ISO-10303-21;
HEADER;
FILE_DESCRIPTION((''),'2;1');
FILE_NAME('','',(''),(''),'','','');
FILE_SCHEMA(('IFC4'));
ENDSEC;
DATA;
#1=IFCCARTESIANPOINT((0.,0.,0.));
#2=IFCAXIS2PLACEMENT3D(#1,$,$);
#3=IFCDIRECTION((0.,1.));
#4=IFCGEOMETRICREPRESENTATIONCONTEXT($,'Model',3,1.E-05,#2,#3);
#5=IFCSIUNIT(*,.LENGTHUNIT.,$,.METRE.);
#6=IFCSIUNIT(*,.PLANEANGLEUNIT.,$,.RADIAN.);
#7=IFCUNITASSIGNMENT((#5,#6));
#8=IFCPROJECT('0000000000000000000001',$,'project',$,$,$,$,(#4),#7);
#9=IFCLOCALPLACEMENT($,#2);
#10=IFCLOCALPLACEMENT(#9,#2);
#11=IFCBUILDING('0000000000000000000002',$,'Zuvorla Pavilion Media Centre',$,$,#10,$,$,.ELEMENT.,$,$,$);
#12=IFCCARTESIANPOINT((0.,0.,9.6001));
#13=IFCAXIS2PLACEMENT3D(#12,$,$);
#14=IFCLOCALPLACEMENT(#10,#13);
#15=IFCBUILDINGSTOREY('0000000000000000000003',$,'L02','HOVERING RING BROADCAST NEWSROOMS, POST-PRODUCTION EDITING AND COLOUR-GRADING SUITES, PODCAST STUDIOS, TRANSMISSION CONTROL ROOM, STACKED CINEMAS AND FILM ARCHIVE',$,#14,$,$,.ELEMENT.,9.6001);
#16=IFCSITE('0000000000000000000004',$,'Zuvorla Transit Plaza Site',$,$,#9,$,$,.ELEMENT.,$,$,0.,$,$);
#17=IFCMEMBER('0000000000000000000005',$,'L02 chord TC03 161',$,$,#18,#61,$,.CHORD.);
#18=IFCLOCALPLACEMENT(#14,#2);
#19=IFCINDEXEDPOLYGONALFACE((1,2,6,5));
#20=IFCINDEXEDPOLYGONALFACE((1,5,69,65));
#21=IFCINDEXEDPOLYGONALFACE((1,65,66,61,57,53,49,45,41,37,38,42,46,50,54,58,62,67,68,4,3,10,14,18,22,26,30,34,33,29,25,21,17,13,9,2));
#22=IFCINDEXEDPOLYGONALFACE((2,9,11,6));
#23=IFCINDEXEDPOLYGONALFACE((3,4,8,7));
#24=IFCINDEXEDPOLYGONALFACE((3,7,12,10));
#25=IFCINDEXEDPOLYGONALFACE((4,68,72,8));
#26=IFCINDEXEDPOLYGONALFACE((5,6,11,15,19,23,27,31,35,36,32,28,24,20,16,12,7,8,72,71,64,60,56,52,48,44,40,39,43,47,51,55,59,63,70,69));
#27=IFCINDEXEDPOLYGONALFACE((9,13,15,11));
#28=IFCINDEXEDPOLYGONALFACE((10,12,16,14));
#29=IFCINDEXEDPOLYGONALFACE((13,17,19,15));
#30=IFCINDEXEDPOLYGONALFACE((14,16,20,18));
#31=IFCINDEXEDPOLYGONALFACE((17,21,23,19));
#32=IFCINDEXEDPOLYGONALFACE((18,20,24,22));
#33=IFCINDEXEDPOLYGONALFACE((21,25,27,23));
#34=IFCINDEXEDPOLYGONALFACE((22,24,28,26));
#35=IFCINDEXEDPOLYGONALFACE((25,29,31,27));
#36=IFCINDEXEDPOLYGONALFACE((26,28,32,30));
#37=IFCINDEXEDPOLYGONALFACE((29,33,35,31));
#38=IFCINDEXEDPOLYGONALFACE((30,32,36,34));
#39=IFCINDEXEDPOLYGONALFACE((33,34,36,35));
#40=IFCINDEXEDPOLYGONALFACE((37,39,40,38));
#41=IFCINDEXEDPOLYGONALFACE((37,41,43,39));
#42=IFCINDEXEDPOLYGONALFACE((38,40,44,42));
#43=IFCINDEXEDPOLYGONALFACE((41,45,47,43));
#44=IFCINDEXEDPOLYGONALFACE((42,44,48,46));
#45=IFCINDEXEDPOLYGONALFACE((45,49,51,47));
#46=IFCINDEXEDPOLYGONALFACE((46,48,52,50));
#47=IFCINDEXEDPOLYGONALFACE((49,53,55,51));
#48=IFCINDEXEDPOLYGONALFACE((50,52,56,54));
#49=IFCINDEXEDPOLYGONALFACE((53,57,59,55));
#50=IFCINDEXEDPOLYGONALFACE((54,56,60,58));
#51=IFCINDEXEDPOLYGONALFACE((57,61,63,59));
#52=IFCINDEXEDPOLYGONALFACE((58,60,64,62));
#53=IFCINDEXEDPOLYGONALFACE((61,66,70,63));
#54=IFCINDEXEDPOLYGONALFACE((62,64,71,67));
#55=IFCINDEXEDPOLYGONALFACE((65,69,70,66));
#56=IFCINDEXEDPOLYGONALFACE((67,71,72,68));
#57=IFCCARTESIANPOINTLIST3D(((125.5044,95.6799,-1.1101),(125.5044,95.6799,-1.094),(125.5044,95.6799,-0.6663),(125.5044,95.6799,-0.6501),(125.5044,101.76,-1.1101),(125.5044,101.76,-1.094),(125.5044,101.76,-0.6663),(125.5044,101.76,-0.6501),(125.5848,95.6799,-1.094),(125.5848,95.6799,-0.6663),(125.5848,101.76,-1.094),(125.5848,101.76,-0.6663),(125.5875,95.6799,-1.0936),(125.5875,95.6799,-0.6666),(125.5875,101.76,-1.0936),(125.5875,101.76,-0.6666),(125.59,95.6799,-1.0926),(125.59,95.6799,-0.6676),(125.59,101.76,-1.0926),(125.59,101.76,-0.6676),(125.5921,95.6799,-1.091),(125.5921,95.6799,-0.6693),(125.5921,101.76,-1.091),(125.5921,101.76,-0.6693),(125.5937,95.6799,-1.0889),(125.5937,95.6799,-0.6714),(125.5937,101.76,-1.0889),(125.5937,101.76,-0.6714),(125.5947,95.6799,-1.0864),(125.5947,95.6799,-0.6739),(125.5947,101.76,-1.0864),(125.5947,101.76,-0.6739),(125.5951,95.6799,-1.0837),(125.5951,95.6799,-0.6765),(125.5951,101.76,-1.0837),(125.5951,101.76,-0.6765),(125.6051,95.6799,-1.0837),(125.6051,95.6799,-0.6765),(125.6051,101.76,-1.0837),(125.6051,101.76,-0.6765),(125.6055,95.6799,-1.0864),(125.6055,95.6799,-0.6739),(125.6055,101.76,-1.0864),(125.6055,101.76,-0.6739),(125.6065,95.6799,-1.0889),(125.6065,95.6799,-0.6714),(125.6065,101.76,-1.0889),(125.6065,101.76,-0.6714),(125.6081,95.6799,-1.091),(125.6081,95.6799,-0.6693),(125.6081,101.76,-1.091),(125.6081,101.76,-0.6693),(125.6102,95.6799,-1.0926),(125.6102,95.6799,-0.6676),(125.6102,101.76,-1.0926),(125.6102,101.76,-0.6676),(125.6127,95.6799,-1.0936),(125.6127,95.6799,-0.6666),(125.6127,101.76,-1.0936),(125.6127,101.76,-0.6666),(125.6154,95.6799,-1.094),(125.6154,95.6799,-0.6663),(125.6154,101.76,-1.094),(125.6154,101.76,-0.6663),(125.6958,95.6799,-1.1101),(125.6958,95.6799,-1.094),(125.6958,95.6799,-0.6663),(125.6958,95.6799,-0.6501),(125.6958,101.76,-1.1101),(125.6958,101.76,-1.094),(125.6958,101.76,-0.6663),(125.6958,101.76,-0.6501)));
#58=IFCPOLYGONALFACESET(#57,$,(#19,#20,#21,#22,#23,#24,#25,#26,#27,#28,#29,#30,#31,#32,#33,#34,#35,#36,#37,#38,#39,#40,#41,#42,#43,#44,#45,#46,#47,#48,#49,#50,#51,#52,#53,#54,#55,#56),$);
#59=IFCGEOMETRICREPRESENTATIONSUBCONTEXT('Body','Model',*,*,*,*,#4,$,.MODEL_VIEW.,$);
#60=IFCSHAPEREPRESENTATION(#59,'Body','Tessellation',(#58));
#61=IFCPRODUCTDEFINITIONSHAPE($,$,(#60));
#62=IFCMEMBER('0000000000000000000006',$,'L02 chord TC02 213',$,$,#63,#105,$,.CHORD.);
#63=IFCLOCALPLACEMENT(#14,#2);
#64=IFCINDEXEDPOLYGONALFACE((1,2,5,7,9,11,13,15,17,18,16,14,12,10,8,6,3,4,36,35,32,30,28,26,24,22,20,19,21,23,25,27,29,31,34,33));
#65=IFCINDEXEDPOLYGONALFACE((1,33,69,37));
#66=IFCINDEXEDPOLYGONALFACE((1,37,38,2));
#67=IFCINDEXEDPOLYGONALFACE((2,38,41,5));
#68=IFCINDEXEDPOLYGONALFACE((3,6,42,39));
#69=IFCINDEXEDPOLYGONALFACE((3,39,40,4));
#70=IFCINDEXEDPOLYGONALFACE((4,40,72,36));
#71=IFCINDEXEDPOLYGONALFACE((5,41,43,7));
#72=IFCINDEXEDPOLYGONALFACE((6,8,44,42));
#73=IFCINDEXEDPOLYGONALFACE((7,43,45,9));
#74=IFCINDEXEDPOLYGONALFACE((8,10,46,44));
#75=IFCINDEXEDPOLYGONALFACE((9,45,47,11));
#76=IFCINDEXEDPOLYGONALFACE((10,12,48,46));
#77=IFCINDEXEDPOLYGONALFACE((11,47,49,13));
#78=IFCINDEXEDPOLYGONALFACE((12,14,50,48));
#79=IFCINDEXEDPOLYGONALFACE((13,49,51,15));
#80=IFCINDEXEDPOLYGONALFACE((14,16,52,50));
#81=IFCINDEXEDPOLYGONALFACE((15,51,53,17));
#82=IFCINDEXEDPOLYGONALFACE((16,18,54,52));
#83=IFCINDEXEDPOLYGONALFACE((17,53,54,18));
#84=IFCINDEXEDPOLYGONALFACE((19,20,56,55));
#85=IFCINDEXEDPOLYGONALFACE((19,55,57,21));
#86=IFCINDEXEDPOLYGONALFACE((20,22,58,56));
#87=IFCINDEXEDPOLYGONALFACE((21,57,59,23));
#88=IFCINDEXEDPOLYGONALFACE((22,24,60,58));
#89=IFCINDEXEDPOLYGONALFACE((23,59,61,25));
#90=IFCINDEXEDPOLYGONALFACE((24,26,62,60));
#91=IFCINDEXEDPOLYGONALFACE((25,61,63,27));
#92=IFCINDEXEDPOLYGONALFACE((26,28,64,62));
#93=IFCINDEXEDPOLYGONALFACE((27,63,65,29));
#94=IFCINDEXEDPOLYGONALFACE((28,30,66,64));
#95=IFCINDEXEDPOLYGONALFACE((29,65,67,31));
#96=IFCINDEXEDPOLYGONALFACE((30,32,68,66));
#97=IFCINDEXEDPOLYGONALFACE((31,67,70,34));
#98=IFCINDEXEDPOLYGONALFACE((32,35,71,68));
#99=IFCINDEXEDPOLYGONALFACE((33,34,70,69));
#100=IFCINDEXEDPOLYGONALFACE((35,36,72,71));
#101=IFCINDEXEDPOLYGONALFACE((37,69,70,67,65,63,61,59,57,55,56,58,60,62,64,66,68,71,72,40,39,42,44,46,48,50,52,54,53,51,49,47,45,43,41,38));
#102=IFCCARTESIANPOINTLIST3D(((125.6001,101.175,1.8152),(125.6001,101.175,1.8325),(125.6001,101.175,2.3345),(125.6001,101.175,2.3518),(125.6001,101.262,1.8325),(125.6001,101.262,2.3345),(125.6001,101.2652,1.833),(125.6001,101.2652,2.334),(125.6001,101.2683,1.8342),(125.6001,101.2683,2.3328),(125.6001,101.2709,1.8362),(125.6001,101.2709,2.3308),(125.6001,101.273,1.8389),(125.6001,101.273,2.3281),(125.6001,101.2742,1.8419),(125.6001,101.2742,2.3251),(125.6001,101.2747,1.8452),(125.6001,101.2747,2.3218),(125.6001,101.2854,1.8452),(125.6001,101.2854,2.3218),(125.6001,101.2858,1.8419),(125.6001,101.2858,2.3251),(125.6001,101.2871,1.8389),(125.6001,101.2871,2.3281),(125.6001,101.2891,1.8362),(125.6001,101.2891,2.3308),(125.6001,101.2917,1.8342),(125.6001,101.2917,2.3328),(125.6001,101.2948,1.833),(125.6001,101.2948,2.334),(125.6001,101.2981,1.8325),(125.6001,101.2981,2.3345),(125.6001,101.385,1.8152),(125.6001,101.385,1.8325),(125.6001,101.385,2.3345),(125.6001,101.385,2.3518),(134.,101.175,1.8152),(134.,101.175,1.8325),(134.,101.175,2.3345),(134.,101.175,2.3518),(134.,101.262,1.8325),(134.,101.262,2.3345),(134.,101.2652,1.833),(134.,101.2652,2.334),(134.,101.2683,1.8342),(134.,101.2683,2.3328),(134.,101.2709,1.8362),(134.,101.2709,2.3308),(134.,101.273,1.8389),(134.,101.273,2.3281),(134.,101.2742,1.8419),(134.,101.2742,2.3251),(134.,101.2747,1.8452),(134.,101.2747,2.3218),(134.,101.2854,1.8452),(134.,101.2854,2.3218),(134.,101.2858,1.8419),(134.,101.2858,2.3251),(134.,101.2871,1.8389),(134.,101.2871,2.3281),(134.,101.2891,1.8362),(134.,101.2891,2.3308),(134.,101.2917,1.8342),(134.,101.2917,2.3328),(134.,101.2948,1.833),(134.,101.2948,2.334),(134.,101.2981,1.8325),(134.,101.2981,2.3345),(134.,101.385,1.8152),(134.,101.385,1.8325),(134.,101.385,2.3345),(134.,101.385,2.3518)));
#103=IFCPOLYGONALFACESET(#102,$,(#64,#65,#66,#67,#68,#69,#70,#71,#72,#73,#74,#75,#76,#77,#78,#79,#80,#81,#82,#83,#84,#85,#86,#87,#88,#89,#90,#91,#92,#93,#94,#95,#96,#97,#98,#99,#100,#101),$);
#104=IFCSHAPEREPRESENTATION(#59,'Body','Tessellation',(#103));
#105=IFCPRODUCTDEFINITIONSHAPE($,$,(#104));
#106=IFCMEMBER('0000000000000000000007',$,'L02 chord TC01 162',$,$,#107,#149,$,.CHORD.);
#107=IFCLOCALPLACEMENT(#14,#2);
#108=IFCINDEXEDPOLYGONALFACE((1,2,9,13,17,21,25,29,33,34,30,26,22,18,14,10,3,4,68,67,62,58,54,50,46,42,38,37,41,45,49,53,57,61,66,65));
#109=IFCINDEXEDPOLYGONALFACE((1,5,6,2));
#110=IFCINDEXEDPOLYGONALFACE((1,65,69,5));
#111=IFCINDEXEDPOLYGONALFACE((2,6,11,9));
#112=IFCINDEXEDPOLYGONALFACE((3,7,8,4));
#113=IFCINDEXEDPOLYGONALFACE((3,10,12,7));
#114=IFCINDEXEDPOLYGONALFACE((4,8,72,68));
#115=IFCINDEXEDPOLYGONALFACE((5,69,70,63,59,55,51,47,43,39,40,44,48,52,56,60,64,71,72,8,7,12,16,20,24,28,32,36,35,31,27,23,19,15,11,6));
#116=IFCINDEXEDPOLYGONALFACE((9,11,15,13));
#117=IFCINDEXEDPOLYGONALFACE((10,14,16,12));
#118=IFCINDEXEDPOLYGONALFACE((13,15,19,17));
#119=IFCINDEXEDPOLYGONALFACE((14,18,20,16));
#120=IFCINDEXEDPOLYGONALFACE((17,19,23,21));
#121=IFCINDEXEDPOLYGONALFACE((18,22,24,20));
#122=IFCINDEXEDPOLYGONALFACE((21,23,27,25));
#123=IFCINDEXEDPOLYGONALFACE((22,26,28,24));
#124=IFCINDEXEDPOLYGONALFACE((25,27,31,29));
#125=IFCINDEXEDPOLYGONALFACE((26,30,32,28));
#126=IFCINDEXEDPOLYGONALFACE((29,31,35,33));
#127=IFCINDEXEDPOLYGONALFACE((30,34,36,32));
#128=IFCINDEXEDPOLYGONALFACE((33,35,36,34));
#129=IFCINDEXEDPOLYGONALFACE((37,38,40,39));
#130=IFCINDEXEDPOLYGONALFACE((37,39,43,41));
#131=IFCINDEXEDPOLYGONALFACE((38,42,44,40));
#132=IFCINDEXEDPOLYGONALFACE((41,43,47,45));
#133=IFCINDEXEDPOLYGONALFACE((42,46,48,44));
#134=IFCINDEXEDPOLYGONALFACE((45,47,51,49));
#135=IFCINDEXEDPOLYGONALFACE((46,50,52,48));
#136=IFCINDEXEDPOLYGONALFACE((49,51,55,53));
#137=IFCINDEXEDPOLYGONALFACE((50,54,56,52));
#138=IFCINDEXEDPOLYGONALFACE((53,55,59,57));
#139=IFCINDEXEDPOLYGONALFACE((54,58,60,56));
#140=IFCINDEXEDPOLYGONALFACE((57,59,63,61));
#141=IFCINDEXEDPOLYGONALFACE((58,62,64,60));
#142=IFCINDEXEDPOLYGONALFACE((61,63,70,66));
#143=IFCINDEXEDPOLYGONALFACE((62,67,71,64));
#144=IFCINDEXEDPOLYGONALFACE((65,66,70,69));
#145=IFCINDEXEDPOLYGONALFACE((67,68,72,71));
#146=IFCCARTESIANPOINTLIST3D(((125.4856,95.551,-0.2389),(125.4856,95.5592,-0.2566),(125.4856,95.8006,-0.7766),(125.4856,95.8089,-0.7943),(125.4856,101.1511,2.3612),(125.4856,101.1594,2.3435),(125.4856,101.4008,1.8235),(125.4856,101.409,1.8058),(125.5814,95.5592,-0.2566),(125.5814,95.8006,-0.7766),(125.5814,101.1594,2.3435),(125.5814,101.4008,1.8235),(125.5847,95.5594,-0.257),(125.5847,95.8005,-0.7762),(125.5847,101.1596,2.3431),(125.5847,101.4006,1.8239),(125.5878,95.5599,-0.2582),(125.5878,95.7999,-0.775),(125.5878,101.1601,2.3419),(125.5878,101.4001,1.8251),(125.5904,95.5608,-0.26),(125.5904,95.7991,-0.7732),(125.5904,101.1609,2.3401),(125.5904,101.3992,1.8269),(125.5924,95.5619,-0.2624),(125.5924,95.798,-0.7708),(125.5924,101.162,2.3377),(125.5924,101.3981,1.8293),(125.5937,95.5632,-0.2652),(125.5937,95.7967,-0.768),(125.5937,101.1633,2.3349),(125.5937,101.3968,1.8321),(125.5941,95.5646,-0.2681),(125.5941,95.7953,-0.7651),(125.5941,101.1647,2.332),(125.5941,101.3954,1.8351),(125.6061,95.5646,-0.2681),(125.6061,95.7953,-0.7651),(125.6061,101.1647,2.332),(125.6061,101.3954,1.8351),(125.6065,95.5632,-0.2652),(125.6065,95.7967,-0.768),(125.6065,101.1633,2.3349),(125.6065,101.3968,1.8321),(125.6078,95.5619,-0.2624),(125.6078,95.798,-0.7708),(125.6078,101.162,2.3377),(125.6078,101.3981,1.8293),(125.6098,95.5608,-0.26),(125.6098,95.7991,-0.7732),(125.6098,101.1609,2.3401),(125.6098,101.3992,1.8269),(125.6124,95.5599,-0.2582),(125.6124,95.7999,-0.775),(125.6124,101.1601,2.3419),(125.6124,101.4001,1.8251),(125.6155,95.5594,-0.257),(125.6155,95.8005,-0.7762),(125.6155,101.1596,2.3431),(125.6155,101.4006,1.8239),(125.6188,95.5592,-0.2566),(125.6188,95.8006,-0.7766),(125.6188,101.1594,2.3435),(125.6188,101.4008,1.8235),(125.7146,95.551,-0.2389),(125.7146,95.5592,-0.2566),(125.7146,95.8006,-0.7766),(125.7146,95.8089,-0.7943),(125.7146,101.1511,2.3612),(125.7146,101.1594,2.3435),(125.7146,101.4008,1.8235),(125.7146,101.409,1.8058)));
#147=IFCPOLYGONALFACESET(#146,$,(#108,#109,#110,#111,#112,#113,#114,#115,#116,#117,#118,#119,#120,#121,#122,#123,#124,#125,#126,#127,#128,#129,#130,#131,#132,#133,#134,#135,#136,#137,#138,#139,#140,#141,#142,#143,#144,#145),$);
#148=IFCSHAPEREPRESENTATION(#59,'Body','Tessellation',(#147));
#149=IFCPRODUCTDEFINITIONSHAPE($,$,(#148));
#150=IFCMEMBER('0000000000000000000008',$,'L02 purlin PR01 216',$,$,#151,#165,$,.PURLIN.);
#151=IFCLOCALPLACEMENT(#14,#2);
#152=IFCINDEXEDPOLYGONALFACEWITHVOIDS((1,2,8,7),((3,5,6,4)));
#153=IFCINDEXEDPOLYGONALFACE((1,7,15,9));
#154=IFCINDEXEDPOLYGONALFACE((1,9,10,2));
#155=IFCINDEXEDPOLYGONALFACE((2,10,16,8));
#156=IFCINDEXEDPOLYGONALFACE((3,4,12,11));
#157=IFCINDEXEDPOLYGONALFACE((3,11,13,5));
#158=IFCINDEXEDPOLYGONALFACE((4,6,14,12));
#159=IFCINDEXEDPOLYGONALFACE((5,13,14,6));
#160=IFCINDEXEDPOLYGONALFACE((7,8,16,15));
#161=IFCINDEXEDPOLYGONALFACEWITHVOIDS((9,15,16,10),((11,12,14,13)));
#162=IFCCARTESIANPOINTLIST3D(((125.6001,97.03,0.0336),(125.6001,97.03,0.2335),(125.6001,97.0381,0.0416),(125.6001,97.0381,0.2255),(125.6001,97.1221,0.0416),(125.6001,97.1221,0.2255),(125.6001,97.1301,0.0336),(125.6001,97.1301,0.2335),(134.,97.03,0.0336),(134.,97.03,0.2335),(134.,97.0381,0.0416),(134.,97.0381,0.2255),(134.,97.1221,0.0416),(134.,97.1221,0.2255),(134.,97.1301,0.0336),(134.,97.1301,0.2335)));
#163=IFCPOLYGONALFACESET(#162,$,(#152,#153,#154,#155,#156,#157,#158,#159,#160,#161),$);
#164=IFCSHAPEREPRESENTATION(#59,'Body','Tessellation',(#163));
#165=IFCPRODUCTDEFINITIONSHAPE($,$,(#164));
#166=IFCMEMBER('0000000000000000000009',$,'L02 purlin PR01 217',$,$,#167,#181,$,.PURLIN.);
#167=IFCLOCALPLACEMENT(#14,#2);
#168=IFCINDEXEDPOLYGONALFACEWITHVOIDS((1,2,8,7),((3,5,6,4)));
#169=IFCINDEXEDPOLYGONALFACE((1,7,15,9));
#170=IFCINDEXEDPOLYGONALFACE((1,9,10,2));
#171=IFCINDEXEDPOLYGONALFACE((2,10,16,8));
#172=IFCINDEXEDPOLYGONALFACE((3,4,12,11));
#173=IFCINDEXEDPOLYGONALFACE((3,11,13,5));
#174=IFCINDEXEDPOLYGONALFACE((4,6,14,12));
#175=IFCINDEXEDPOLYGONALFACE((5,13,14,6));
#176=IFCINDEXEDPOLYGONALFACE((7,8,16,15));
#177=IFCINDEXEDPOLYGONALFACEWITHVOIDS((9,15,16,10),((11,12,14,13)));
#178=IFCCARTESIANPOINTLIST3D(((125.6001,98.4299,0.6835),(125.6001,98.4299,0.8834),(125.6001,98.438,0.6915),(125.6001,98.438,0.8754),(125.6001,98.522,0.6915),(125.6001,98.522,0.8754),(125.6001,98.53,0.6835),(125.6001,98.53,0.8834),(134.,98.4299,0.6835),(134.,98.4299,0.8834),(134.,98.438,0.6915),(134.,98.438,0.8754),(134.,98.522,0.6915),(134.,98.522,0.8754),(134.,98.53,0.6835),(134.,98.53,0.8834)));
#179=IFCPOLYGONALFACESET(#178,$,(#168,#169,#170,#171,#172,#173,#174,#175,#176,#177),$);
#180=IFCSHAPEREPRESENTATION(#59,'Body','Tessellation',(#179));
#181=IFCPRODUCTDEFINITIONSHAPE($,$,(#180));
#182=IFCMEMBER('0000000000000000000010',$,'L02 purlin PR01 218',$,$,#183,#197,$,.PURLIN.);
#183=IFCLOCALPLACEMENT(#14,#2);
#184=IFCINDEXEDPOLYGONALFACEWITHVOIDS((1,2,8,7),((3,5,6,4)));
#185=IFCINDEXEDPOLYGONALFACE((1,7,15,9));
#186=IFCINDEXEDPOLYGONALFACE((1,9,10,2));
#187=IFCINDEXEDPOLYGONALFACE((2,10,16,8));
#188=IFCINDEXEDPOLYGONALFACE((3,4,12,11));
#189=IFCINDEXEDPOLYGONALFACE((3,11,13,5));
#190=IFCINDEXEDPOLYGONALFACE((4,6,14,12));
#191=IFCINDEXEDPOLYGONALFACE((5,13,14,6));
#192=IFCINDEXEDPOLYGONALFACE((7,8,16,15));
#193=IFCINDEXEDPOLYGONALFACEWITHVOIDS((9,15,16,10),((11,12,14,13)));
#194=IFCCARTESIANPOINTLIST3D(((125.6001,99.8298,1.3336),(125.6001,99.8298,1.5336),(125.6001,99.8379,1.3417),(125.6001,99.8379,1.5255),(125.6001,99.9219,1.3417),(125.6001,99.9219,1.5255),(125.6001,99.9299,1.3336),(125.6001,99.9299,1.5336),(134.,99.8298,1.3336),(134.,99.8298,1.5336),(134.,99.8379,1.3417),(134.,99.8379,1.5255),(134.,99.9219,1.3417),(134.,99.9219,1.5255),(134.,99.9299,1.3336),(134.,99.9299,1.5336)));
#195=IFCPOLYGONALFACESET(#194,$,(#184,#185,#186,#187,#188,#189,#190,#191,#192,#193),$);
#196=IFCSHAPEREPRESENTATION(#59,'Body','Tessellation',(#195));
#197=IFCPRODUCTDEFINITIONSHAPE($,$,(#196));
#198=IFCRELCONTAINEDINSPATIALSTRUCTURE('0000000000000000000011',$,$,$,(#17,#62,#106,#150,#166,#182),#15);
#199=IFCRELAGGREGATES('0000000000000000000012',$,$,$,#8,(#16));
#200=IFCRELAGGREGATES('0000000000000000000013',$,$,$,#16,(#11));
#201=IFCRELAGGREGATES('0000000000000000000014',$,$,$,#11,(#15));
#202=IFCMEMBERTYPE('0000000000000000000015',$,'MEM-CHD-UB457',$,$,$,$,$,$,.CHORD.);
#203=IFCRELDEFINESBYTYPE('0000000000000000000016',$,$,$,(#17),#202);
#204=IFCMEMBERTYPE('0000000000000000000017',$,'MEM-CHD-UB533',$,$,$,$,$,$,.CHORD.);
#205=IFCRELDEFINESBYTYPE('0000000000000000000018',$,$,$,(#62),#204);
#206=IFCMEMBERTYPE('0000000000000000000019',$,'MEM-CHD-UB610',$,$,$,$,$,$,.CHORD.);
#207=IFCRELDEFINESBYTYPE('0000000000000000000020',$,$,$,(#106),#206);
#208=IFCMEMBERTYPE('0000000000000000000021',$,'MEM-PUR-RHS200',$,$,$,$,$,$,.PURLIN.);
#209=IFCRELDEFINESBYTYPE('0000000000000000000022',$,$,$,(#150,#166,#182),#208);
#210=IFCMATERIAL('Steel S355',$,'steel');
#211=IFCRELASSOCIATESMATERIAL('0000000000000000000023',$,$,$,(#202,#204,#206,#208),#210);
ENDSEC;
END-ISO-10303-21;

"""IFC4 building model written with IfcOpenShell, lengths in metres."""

from ifc_helpers import new_model, si_unit, direction, frame, origin, origin_2d, place, context, subcontext, project, spatial, hollow_rectangle, i_section, extrude, material, material_profile, profile_set, type_object, element, save


model = new_model("IFC4")

# Units and contexts
model_context = context("Model", 3, precision=1e-05, world=origin(), true_north=direction((0.0, 1.0)))
body_context = subcontext(model_context, "Body", "Model", "MODEL_VIEW")
ifc_project = project(units=[si_unit("LENGTHUNIT", "METRE"), si_unit("PLANEANGLEUNIT", "RADIAN")], contexts=[model_context])

# Site, building, storey
site_placement = place(None, origin())
site = spatial("IfcSite", under=ifc_project, at=site_placement, Name="Zuvorla Transit Plaza Site", CompositionType="ELEMENT", RefElevation=0.0)
building_placement = place(site_placement, origin())
building = spatial("IfcBuilding", under=site, at=building_placement, Name="Zuvorla Pavilion Media Centre", CompositionType="ELEMENT")
storey_placement = place(building_placement, frame((0.0, 0.0, 9.6001)))
storey = spatial("IfcBuildingStorey", under=building, at=storey_placement, Name="L02", Description="HOVERING RING BROADCAST NEWSROOMS, POST-PRODUCTION EDITING AND COLOUR-GRADING SUITES, PODCAST STUDIOS, TRANSMISSION CONTROL ROOM, STACKED CINEMAS AND FILM ARCHIVE", CompositionType="ELEMENT", Elevation=9.6001)

# Shared definitions
ifc_material_1 = material(Name="Steel S355", Category="steel")

# Members
ifc_material_profile_1 = material_profile(ifc_material_1, i_section(OverallWidth=0.1914, OverallDepth=0.46, WebThickness=0.01, FlangeThickness=0.0161, FilletRadius=0.0103, at=origin_2d()), Name="UB 457x191x82")
ifc_profile_set_1 = profile_set([ifc_material_profile_1], Name="Steel S355")
member_type_1 = type_object("IfcMemberType", Name="MEM-CHD-UB457", PredefinedType="CHORD", material=ifc_profile_set_1)
member_1_placement = place(storey_placement, frame((125.6001, 95.6799, -0.8801), z_axis=(0.0, 1.0, 0.0), x_axis=(-1.0, 0.0, 0.0)))
element("IfcMember", 1, at=member_1_placement, inside=storey, type_object=member_type_1, Name="L02 chord TC03 161", PredefinedType="CHORD", context=body_context, shape_type="SweptSolid", body=[
    extrude(i_section(OverallWidth=0.1914, OverallDepth=0.46, WebThickness=0.01, FlangeThickness=0.0161, FilletRadius=0.0103, at=origin_2d()), origin(), (0.0, 0.0, 1.0), 6.0801),
])
ifc_material_profile_2 = material_profile(ifc_material_1, i_section(OverallWidth=0.21, OverallDepth=0.5366, WebThickness=0.0107, FlangeThickness=0.0173, FilletRadius=0.0127, at=origin_2d()), Name="UB 533x210x101")
ifc_profile_set_2 = profile_set([ifc_material_profile_2], Name="Steel S355")
member_type_2 = type_object("IfcMemberType", Name="MEM-CHD-UB533", PredefinedType="CHORD", material=ifc_profile_set_2)
member_2_placement = place(storey_placement, frame((125.6001, 101.28, 2.0835), z_axis=(1.0, 0.0, 0.0), x_axis=(0.0, 1.0, 0.0)))
element("IfcMember", 2, at=member_2_placement, inside=storey, type_object=member_type_2, Name="L02 chord TC02 213", PredefinedType="CHORD", context=body_context, shape_type="SweptSolid", body=[
    extrude(i_section(OverallWidth=0.21, OverallDepth=0.5366, WebThickness=0.0107, FlangeThickness=0.0173, FilletRadius=0.0127, at=origin_2d()), origin(), (0.0, 0.0, 1.0), 8.3999),
])
ifc_material_profile_3 = material_profile(ifc_material_1, i_section(OverallWidth=0.229, OverallDepth=0.6123, WebThickness=0.012, FlangeThickness=0.0195, FilletRadius=0.0127, at=origin_2d()), Name="UB 610x229x125")
ifc_profile_set_3 = profile_set([ifc_material_profile_3], Name="Steel S355")
member_type_3 = type_object("IfcMemberType", Name="MEM-CHD-UB610", PredefinedType="CHORD", material=ifc_profile_set_3)
member_3_placement = place(storey_placement, frame((125.6001, 95.6799, -0.5166), z_axis=(0.0, 0.907006, 0.421118), x_axis=(-1.0, 0.0, 0.0)))
element("IfcMember", 3, at=member_3_placement, inside=storey, type_object=member_type_3, Name="L02 chord TC01 162", PredefinedType="CHORD", context=body_context, shape_type="SweptSolid", body=[
    extrude(i_section(OverallWidth=0.229, OverallDepth=0.6123, WebThickness=0.012, FlangeThickness=0.0195, FilletRadius=0.0127, at=origin_2d()), origin(), (0.0, 0.0, 1.0), 6.1743),
])
ifc_material_profile_4 = material_profile(ifc_material_1, hollow_rectangle(XDim=0.1001, YDim=0.2, WallThickness=0.0081, at=origin_2d()), Name="RHS 200x100x8")
ifc_profile_set_4 = profile_set([ifc_material_profile_4], Name="Steel S355")
member_type_4 = type_object("IfcMemberType", Name="MEM-PUR-RHS200", PredefinedType="PURLIN", material=ifc_profile_set_4)
for number, where, z_axis, x_axis, name in (
    (4, (125.6001, 97.0801, 0.1335), (1.0, 0.0, 0.0), (0.0, 1.0, 0.0), "L02 purlin PR01 216"),
    (5, (125.6001, 98.48, 0.7834), (1.0, 0.0, 0.0), (0.0, 1.0, 0.0), "L02 purlin PR01 217"),
    (6, (125.6001, 99.8799, 1.4336), (1.0, 0.0, 0.0), (0.0, 1.0, 0.0), "L02 purlin PR01 218"),
):
    element("IfcMember", number, at=place(storey_placement, frame(where, z_axis=z_axis, x_axis=x_axis)), inside=storey, type_object=member_type_4, Name=name, PredefinedType="PURLIN", context=body_context, shape_type="SweptSolid", body=[
        extrude(hollow_rectangle(XDim=0.1001, YDim=0.2, WallThickness=0.0081, at=origin_2d()), origin(), (0.0, 0.0, 1.0), 8.3999),
    ])

save(model, "model.ifc")
